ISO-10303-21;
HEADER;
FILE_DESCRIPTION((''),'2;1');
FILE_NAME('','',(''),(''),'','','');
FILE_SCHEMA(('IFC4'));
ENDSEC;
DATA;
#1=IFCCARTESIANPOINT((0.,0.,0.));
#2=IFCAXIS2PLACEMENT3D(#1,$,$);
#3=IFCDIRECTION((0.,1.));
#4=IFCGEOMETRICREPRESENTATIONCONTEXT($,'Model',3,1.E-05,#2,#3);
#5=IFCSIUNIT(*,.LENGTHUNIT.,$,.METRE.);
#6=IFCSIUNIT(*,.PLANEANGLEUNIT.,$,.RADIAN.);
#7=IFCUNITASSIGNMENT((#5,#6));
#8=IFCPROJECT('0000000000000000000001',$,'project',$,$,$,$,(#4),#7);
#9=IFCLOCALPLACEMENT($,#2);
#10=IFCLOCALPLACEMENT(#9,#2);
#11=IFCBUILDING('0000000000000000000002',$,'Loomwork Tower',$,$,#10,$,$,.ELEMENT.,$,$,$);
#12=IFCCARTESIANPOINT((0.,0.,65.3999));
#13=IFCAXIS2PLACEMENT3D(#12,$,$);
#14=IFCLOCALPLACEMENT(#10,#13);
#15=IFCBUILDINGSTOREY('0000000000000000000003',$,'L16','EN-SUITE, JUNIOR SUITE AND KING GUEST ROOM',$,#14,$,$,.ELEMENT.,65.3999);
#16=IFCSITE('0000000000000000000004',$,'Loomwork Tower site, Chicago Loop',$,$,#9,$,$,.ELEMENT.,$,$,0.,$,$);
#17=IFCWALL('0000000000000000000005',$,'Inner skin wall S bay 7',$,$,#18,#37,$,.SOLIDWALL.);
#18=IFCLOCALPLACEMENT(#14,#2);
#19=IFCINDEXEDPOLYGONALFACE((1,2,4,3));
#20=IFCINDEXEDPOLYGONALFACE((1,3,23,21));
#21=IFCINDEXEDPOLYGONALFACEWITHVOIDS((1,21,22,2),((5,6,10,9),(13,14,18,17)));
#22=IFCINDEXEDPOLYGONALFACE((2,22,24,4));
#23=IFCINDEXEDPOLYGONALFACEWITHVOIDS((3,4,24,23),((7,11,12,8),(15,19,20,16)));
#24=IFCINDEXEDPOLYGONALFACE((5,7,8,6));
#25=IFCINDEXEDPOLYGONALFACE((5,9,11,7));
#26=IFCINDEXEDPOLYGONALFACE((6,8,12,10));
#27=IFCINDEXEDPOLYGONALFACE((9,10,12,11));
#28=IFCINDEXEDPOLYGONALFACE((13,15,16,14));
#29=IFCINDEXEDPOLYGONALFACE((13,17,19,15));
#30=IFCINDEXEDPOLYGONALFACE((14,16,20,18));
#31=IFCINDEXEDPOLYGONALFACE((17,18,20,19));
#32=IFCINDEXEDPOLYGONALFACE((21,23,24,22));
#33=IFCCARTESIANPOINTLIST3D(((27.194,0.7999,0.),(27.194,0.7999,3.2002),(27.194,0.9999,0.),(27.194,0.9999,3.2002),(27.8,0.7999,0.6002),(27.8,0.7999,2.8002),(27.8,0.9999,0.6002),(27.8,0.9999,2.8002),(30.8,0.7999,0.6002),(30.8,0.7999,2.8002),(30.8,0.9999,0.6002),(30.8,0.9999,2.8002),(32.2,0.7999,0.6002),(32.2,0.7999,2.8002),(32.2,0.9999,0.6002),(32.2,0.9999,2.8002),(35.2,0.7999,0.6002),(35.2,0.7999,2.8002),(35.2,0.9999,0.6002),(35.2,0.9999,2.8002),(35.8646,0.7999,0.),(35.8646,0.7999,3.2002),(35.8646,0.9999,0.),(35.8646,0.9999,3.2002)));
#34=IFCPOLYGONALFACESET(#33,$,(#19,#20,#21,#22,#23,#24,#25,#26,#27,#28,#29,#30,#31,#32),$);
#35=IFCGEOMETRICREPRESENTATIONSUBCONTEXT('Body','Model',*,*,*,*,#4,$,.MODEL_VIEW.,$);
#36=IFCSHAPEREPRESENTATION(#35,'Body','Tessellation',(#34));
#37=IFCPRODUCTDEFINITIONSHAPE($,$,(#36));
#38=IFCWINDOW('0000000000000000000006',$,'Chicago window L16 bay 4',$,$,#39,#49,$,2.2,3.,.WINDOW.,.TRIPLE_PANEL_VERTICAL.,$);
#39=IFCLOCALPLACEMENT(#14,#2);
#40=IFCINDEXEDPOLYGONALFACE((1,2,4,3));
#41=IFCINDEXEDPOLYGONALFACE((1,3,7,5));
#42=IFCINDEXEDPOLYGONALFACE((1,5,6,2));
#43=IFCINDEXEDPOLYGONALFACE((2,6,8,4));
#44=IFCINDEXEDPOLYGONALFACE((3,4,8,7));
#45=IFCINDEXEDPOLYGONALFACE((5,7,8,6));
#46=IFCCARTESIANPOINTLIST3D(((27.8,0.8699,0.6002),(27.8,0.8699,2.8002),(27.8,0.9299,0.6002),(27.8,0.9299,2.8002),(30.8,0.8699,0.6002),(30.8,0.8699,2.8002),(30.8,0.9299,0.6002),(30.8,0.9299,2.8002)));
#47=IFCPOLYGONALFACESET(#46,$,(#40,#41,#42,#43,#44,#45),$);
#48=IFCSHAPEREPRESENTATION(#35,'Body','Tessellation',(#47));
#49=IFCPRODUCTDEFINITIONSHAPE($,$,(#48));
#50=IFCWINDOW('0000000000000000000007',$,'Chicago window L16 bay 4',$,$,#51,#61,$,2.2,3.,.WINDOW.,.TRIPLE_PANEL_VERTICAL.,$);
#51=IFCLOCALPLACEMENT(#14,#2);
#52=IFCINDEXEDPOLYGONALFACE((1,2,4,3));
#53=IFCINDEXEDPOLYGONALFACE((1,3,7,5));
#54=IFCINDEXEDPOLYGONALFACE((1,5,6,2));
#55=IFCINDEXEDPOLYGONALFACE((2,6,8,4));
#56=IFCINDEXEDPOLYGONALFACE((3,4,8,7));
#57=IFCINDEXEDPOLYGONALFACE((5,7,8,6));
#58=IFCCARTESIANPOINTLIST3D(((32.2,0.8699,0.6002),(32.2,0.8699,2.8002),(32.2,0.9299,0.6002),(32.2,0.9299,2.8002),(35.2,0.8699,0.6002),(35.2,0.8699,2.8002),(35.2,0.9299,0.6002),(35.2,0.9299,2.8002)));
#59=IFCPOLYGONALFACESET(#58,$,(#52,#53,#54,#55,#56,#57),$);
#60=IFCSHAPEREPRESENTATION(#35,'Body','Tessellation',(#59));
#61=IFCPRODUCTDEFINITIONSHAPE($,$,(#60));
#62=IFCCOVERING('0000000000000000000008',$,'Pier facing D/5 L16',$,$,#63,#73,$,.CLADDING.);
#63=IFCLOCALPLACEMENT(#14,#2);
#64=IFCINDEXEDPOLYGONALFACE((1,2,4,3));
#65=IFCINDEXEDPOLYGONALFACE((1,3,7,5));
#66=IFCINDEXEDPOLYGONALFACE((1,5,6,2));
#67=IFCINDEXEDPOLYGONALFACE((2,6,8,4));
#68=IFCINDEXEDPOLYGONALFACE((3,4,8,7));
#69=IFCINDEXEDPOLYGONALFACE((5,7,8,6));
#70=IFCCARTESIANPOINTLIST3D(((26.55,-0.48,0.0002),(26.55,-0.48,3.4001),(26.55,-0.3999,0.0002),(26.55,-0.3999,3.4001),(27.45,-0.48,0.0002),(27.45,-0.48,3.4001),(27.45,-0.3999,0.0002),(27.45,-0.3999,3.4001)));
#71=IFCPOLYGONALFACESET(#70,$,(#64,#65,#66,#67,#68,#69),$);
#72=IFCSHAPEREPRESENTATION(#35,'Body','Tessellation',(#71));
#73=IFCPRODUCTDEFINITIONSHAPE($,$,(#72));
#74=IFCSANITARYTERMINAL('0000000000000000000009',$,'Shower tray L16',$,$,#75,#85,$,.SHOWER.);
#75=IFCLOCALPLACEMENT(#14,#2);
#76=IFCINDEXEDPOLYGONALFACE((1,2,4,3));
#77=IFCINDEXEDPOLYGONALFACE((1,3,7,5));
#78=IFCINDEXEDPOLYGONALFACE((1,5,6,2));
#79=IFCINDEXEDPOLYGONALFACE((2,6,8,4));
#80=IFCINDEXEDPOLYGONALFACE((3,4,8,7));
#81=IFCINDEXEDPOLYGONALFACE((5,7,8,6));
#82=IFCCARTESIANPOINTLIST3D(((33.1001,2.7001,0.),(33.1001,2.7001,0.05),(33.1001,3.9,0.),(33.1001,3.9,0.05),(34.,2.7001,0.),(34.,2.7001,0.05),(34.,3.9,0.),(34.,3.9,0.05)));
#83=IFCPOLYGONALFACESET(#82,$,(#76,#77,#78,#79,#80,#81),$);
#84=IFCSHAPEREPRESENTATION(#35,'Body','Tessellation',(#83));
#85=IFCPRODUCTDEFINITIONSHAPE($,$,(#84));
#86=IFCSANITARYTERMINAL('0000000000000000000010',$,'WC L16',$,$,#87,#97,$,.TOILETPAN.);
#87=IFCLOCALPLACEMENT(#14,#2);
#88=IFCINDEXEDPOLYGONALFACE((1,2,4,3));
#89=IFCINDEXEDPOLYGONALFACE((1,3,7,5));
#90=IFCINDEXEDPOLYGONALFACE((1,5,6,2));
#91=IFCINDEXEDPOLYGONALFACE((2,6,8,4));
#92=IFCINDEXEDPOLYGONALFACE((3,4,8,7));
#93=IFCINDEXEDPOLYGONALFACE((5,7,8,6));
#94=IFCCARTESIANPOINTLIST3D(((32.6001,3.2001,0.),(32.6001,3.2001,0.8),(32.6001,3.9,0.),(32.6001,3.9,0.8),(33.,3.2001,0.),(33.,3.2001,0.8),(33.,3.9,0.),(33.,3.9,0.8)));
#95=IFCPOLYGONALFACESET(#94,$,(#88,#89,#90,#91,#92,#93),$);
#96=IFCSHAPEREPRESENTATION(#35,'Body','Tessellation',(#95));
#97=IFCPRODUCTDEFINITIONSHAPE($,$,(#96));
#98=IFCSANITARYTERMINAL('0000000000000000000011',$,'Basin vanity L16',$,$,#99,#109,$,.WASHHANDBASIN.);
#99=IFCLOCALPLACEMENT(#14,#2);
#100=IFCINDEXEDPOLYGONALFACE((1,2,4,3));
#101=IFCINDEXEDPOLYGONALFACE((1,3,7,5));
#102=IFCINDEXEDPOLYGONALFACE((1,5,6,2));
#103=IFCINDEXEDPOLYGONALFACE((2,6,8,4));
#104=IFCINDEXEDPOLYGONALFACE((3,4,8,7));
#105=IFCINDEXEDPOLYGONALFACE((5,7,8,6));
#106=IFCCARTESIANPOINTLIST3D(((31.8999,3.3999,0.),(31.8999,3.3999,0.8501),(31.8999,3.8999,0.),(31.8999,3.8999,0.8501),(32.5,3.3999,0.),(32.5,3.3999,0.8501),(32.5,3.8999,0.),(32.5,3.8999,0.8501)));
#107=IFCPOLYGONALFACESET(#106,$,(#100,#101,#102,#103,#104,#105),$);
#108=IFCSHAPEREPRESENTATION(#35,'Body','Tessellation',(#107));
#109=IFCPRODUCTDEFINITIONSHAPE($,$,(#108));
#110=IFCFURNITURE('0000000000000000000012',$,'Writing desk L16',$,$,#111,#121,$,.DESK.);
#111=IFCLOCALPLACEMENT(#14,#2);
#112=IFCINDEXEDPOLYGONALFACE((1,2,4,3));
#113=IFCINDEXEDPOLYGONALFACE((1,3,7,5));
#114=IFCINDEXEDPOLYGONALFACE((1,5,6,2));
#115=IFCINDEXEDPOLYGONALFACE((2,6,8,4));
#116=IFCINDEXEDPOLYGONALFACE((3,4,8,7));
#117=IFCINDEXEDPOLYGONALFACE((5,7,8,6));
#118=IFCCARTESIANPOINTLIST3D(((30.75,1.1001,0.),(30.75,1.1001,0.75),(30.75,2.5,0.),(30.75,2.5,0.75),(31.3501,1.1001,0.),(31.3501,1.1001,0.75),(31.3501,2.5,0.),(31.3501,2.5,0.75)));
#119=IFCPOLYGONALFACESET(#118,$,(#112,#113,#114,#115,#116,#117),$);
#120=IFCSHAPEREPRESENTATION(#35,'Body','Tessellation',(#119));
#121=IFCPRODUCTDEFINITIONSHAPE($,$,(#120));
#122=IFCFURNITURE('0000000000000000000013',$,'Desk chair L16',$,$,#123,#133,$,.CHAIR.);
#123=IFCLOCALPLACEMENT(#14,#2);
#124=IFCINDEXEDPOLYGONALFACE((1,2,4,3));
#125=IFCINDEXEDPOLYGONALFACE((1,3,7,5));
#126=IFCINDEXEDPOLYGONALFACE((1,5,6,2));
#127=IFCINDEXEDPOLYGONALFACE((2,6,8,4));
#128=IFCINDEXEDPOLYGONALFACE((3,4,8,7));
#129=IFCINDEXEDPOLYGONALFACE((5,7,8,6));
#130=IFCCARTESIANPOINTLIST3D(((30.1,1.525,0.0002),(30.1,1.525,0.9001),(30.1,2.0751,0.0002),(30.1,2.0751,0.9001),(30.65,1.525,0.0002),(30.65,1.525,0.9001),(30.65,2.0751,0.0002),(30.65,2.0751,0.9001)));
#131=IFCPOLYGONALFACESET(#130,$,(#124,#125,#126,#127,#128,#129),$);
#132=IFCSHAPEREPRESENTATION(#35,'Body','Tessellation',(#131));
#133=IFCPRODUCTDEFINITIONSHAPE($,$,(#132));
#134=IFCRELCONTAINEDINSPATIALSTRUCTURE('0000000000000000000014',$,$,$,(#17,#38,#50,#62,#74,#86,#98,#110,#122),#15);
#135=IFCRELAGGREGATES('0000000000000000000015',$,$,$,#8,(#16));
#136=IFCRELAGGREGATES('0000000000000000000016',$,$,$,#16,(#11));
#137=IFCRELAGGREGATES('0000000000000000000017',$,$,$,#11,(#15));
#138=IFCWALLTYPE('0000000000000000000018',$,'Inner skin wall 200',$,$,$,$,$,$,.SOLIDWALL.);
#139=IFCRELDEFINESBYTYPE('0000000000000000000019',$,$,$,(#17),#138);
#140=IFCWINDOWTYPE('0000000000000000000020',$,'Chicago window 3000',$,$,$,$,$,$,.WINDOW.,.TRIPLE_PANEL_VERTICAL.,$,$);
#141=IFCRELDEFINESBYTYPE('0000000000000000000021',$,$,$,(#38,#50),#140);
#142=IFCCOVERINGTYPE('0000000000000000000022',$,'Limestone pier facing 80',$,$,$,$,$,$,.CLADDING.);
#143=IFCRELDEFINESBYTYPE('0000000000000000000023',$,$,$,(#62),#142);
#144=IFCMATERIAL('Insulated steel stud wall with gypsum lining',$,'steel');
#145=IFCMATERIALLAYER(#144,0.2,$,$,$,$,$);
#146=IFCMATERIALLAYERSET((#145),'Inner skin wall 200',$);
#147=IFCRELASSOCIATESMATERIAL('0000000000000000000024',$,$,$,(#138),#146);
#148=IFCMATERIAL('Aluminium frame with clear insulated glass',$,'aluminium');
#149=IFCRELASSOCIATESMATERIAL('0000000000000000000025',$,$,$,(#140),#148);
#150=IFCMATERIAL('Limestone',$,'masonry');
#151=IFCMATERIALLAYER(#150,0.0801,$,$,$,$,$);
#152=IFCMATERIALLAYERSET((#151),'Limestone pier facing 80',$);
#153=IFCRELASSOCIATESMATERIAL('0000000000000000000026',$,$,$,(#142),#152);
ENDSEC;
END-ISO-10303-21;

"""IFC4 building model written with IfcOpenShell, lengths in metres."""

from ifc_helpers import new_model, si_unit, direction, frame, frame_2d, origin, origin_2d, place, context, subcontext, project, spatial, rectangle, extrude, material, layer, layer_set, type_object, element, fill, save


model = new_model("IFC4")

# Units and contexts
model_context = context("Model", 3, precision=1e-05, world=origin(), true_north=direction((0.0, 1.0)))
body_context = subcontext(model_context, "Body", "Model", "MODEL_VIEW")
ifc_project = project(units=[si_unit("LENGTHUNIT", "METRE"), si_unit("PLANEANGLEUNIT", "RADIAN")], contexts=[model_context])

# Site, building, storey
site_placement = place(None, origin())
site = spatial("IfcSite", under=ifc_project, at=site_placement, Name="Loomwork Tower site, Chicago Loop", CompositionType="ELEMENT", RefElevation=0.0)
building_placement = place(site_placement, origin())
building = spatial("IfcBuilding", under=site, at=building_placement, Name="Loomwork Tower", CompositionType="ELEMENT")
storey_placement = place(building_placement, frame((0.0, 0.0, 65.3999)))
storey = spatial("IfcBuildingStorey", under=building, at=storey_placement, Name="L16", Description="EN-SUITE, JUNIOR SUITE AND KING GUEST ROOM", CompositionType="ELEMENT", Elevation=65.3999)

# Shared definitions
ifc_material_1 = material(Name="Insulated steel stud wall with gypsum lining", Category="steel")
ifc_layer_1 = layer(ifc_material_1, 0.2)
ifc_layer_set_1 = layer_set([ifc_layer_1], Name="Inner skin wall 200")
wall_type = type_object("IfcWallType", Name="Inner skin wall 200", PredefinedType="SOLIDWALL", material=ifc_layer_set_1)

# Wall, openings, windows
wall_1_placement = place(storey_placement, frame((27.1938, 0.8999, 0.0), z_axis=(0.0, 0.0, 1.0), x_axis=(1.0, 0.0, 0.0)))
wall_1 = element("IfcWall", 1, at=wall_1_placement, inside=storey, type_object=wall_type, Name="Inner skin wall S bay 7", PredefinedType="SOLIDWALL", context=body_context, shape_type="SweptSolid", body=[
    extrude(rectangle(XDim=8.6707, YDim=0.2, at=frame_2d((4.3354, 0.0))), origin(), (0.0, 0.0, 1.0), 3.2002),
])
opening_1_placement = place(wall_1_placement, frame((0.6062, 0.0, 0.6001)))
opening_1 = element("IfcOpeningElement", 2, at=opening_1_placement, cuts=wall_1, PredefinedType="OPENING", context=body_context, shape_type="SweptSolid", body=[
    extrude(rectangle(XDim=3.0, YDim=2.2, at=frame_2d((1.5, 1.1001))), frame((0.0, 0.1099, 0.0), z_axis=(0.0, -1.0, 0.0), x_axis=(1.0, 0.0, 0.0)), (0.0, 0.0, 1.0), 0.22),
])
opening_2_placement = place(wall_1_placement, frame((5.0061, 0.0, 0.6001)))
opening_2 = element("IfcOpeningElement", 3, at=opening_2_placement, cuts=wall_1, PredefinedType="OPENING", context=body_context, shape_type="SweptSolid", body=[
    extrude(rectangle(XDim=3.0, YDim=2.2, at=frame_2d((1.5, 1.1001))), frame((0.0, 0.1099, 0.0), z_axis=(0.0, -1.0, 0.0), x_axis=(1.0, 0.0, 0.0)), (0.0, 0.0, 1.0), 0.22),
])
ifc_material_2 = material(Name="Aluminium frame with clear insulated glass", Category="aluminium")
window_type = type_object("IfcWindowType", Name="Chicago window 3000", PartitioningType="TRIPLE_PANEL_VERTICAL", PredefinedType="WINDOW", material=ifc_material_2)
window_1_placement = place(opening_1_placement, origin())
window_1 = element("IfcWindow", 4, at=window_1_placement, inside=storey, type_object=window_type, Name="Chicago window L16 bay 4", OverallHeight=2.2, OverallWidth=3.0, PartitioningType="TRIPLE_PANEL_VERTICAL", PredefinedType="WINDOW", context=body_context, shape_type="SweptSolid", body=[
    extrude(rectangle(XDim=3.0, YDim=2.2, at=frame_2d((1.5, 1.1001))), frame((0.0, 0.03, 0.0), z_axis=(0.0, -1.0, 0.0), x_axis=(1.0, 0.0, 0.0)), (0.0, 0.0, 1.0), 0.0601),
])
fill(opening_1, window_1)
window_2_placement = place(opening_2_placement, origin())
window_2 = element("IfcWindow", 5, at=window_2_placement, inside=storey, type_object=window_type, Name="Chicago window L16 bay 4", OverallHeight=2.2, OverallWidth=3.0, PartitioningType="TRIPLE_PANEL_VERTICAL", PredefinedType="WINDOW", context=body_context, shape_type="SweptSolid", body=[
    extrude(rectangle(XDim=3.0, YDim=2.2, at=frame_2d((1.5, 1.1001))), frame((0.0, 0.03, 0.0), z_axis=(0.0, -1.0, 0.0), x_axis=(1.0, 0.0, 0.0)), (0.0, 0.0, 1.0), 0.0601),
])
fill(opening_2, window_2)

# Covering
ifc_material_3 = material(Name="Limestone", Category="masonry")
ifc_layer_2 = layer(ifc_material_3, 0.0801)
ifc_layer_set_2 = layer_set([ifc_layer_2], Name="Limestone pier facing 80")
covering_type = type_object("IfcCoveringType", Name="Limestone pier facing 80", PredefinedType="CLADDING", material=ifc_layer_set_2)
covering_placement = place(storey_placement, frame((27.0, -0.4399, 0.0002), z_axis=(0.0, 0.0, 1.0), x_axis=(1.0, 0.0, 0.0)))
element("IfcCovering", 6, at=covering_placement, inside=storey, type_object=covering_type, Name="Pier facing D/5 L16", PredefinedType="CLADDING", context=body_context, shape_type="SweptSolid", body=[
    extrude(rectangle(XDim=0.8999, YDim=0.0801, at=origin_2d()), origin(), (0.0, 0.0, 1.0), 3.3999),
])

# Sanitary terminals
sanitary_terminal_1_placement = place(storey_placement, frame((33.55, 3.3, 0.0), z_axis=(0.0, 0.0, 1.0), x_axis=(1.0, 0.0, 0.0)))
element("IfcSanitaryTerminal", 7, at=sanitary_terminal_1_placement, inside=storey, Name="Shower tray L16", PredefinedType="SHOWER", context=body_context, shape_type="SweptSolid", body=[
    extrude(rectangle(XDim=0.8999, YDim=1.2, at=origin_2d()), origin(), (0.0, 0.0, 1.0), 0.05),
])
sanitary_terminal_2_placement = place(storey_placement, frame((32.8, 3.55, 0.0), z_axis=(0.0, 0.0, 1.0), x_axis=(1.0, 0.0, 0.0)))
element("IfcSanitaryTerminal", 8, at=sanitary_terminal_2_placement, inside=storey, Name="WC L16", PredefinedType="TOILETPAN", context=body_context, shape_type="SweptSolid", body=[
    extrude(rectangle(XDim=0.3999, YDim=0.7, at=origin_2d()), origin(), (0.0, 0.0, 1.0), 0.8),
])
sanitary_terminal_3_placement = place(storey_placement, frame((32.2, 3.6499, 0.0), z_axis=(0.0, 0.0, 1.0), x_axis=(1.0, 0.0, 0.0)))
element("IfcSanitaryTerminal", 9, at=sanitary_terminal_3_placement, inside=storey, Name="Basin vanity L16", PredefinedType="WASHHANDBASIN", context=body_context, shape_type="SweptSolid", body=[
    extrude(rectangle(XDim=0.6001, YDim=0.5, at=origin_2d()), origin(), (0.0, 0.0, 1.0), 0.8501),
])

# Furniture
furniture_1_placement = place(storey_placement, frame((31.05, 1.8, 0.0), z_axis=(0.0, 0.0, 1.0), x_axis=(1.0, 0.0, 0.0)))
element("IfcFurniture", 10, at=furniture_1_placement, inside=storey, Name="Writing desk L16", PredefinedType="DESK", context=body_context, shape_type="SweptSolid", body=[
    extrude(rectangle(XDim=0.6001, YDim=1.3999, at=origin_2d()), origin(), (0.0, 0.0, 1.0), 0.75),
])
furniture_2_placement = place(storey_placement, frame((30.375, 1.8, 0.0002), z_axis=(0.0, 0.0, 1.0), x_axis=(1.0, 0.0, 0.0)))
element("IfcFurniture", 11, at=furniture_2_placement, inside=storey, Name="Desk chair L16", PredefinedType="CHAIR", context=body_context, shape_type="SweptSolid", body=[
    extrude(rectangle(XDim=0.55, YDim=0.55, at=origin_2d()), origin(), (0.0, 0.0, 1.0), 0.8999),
])

save(model, "model.ifc")
